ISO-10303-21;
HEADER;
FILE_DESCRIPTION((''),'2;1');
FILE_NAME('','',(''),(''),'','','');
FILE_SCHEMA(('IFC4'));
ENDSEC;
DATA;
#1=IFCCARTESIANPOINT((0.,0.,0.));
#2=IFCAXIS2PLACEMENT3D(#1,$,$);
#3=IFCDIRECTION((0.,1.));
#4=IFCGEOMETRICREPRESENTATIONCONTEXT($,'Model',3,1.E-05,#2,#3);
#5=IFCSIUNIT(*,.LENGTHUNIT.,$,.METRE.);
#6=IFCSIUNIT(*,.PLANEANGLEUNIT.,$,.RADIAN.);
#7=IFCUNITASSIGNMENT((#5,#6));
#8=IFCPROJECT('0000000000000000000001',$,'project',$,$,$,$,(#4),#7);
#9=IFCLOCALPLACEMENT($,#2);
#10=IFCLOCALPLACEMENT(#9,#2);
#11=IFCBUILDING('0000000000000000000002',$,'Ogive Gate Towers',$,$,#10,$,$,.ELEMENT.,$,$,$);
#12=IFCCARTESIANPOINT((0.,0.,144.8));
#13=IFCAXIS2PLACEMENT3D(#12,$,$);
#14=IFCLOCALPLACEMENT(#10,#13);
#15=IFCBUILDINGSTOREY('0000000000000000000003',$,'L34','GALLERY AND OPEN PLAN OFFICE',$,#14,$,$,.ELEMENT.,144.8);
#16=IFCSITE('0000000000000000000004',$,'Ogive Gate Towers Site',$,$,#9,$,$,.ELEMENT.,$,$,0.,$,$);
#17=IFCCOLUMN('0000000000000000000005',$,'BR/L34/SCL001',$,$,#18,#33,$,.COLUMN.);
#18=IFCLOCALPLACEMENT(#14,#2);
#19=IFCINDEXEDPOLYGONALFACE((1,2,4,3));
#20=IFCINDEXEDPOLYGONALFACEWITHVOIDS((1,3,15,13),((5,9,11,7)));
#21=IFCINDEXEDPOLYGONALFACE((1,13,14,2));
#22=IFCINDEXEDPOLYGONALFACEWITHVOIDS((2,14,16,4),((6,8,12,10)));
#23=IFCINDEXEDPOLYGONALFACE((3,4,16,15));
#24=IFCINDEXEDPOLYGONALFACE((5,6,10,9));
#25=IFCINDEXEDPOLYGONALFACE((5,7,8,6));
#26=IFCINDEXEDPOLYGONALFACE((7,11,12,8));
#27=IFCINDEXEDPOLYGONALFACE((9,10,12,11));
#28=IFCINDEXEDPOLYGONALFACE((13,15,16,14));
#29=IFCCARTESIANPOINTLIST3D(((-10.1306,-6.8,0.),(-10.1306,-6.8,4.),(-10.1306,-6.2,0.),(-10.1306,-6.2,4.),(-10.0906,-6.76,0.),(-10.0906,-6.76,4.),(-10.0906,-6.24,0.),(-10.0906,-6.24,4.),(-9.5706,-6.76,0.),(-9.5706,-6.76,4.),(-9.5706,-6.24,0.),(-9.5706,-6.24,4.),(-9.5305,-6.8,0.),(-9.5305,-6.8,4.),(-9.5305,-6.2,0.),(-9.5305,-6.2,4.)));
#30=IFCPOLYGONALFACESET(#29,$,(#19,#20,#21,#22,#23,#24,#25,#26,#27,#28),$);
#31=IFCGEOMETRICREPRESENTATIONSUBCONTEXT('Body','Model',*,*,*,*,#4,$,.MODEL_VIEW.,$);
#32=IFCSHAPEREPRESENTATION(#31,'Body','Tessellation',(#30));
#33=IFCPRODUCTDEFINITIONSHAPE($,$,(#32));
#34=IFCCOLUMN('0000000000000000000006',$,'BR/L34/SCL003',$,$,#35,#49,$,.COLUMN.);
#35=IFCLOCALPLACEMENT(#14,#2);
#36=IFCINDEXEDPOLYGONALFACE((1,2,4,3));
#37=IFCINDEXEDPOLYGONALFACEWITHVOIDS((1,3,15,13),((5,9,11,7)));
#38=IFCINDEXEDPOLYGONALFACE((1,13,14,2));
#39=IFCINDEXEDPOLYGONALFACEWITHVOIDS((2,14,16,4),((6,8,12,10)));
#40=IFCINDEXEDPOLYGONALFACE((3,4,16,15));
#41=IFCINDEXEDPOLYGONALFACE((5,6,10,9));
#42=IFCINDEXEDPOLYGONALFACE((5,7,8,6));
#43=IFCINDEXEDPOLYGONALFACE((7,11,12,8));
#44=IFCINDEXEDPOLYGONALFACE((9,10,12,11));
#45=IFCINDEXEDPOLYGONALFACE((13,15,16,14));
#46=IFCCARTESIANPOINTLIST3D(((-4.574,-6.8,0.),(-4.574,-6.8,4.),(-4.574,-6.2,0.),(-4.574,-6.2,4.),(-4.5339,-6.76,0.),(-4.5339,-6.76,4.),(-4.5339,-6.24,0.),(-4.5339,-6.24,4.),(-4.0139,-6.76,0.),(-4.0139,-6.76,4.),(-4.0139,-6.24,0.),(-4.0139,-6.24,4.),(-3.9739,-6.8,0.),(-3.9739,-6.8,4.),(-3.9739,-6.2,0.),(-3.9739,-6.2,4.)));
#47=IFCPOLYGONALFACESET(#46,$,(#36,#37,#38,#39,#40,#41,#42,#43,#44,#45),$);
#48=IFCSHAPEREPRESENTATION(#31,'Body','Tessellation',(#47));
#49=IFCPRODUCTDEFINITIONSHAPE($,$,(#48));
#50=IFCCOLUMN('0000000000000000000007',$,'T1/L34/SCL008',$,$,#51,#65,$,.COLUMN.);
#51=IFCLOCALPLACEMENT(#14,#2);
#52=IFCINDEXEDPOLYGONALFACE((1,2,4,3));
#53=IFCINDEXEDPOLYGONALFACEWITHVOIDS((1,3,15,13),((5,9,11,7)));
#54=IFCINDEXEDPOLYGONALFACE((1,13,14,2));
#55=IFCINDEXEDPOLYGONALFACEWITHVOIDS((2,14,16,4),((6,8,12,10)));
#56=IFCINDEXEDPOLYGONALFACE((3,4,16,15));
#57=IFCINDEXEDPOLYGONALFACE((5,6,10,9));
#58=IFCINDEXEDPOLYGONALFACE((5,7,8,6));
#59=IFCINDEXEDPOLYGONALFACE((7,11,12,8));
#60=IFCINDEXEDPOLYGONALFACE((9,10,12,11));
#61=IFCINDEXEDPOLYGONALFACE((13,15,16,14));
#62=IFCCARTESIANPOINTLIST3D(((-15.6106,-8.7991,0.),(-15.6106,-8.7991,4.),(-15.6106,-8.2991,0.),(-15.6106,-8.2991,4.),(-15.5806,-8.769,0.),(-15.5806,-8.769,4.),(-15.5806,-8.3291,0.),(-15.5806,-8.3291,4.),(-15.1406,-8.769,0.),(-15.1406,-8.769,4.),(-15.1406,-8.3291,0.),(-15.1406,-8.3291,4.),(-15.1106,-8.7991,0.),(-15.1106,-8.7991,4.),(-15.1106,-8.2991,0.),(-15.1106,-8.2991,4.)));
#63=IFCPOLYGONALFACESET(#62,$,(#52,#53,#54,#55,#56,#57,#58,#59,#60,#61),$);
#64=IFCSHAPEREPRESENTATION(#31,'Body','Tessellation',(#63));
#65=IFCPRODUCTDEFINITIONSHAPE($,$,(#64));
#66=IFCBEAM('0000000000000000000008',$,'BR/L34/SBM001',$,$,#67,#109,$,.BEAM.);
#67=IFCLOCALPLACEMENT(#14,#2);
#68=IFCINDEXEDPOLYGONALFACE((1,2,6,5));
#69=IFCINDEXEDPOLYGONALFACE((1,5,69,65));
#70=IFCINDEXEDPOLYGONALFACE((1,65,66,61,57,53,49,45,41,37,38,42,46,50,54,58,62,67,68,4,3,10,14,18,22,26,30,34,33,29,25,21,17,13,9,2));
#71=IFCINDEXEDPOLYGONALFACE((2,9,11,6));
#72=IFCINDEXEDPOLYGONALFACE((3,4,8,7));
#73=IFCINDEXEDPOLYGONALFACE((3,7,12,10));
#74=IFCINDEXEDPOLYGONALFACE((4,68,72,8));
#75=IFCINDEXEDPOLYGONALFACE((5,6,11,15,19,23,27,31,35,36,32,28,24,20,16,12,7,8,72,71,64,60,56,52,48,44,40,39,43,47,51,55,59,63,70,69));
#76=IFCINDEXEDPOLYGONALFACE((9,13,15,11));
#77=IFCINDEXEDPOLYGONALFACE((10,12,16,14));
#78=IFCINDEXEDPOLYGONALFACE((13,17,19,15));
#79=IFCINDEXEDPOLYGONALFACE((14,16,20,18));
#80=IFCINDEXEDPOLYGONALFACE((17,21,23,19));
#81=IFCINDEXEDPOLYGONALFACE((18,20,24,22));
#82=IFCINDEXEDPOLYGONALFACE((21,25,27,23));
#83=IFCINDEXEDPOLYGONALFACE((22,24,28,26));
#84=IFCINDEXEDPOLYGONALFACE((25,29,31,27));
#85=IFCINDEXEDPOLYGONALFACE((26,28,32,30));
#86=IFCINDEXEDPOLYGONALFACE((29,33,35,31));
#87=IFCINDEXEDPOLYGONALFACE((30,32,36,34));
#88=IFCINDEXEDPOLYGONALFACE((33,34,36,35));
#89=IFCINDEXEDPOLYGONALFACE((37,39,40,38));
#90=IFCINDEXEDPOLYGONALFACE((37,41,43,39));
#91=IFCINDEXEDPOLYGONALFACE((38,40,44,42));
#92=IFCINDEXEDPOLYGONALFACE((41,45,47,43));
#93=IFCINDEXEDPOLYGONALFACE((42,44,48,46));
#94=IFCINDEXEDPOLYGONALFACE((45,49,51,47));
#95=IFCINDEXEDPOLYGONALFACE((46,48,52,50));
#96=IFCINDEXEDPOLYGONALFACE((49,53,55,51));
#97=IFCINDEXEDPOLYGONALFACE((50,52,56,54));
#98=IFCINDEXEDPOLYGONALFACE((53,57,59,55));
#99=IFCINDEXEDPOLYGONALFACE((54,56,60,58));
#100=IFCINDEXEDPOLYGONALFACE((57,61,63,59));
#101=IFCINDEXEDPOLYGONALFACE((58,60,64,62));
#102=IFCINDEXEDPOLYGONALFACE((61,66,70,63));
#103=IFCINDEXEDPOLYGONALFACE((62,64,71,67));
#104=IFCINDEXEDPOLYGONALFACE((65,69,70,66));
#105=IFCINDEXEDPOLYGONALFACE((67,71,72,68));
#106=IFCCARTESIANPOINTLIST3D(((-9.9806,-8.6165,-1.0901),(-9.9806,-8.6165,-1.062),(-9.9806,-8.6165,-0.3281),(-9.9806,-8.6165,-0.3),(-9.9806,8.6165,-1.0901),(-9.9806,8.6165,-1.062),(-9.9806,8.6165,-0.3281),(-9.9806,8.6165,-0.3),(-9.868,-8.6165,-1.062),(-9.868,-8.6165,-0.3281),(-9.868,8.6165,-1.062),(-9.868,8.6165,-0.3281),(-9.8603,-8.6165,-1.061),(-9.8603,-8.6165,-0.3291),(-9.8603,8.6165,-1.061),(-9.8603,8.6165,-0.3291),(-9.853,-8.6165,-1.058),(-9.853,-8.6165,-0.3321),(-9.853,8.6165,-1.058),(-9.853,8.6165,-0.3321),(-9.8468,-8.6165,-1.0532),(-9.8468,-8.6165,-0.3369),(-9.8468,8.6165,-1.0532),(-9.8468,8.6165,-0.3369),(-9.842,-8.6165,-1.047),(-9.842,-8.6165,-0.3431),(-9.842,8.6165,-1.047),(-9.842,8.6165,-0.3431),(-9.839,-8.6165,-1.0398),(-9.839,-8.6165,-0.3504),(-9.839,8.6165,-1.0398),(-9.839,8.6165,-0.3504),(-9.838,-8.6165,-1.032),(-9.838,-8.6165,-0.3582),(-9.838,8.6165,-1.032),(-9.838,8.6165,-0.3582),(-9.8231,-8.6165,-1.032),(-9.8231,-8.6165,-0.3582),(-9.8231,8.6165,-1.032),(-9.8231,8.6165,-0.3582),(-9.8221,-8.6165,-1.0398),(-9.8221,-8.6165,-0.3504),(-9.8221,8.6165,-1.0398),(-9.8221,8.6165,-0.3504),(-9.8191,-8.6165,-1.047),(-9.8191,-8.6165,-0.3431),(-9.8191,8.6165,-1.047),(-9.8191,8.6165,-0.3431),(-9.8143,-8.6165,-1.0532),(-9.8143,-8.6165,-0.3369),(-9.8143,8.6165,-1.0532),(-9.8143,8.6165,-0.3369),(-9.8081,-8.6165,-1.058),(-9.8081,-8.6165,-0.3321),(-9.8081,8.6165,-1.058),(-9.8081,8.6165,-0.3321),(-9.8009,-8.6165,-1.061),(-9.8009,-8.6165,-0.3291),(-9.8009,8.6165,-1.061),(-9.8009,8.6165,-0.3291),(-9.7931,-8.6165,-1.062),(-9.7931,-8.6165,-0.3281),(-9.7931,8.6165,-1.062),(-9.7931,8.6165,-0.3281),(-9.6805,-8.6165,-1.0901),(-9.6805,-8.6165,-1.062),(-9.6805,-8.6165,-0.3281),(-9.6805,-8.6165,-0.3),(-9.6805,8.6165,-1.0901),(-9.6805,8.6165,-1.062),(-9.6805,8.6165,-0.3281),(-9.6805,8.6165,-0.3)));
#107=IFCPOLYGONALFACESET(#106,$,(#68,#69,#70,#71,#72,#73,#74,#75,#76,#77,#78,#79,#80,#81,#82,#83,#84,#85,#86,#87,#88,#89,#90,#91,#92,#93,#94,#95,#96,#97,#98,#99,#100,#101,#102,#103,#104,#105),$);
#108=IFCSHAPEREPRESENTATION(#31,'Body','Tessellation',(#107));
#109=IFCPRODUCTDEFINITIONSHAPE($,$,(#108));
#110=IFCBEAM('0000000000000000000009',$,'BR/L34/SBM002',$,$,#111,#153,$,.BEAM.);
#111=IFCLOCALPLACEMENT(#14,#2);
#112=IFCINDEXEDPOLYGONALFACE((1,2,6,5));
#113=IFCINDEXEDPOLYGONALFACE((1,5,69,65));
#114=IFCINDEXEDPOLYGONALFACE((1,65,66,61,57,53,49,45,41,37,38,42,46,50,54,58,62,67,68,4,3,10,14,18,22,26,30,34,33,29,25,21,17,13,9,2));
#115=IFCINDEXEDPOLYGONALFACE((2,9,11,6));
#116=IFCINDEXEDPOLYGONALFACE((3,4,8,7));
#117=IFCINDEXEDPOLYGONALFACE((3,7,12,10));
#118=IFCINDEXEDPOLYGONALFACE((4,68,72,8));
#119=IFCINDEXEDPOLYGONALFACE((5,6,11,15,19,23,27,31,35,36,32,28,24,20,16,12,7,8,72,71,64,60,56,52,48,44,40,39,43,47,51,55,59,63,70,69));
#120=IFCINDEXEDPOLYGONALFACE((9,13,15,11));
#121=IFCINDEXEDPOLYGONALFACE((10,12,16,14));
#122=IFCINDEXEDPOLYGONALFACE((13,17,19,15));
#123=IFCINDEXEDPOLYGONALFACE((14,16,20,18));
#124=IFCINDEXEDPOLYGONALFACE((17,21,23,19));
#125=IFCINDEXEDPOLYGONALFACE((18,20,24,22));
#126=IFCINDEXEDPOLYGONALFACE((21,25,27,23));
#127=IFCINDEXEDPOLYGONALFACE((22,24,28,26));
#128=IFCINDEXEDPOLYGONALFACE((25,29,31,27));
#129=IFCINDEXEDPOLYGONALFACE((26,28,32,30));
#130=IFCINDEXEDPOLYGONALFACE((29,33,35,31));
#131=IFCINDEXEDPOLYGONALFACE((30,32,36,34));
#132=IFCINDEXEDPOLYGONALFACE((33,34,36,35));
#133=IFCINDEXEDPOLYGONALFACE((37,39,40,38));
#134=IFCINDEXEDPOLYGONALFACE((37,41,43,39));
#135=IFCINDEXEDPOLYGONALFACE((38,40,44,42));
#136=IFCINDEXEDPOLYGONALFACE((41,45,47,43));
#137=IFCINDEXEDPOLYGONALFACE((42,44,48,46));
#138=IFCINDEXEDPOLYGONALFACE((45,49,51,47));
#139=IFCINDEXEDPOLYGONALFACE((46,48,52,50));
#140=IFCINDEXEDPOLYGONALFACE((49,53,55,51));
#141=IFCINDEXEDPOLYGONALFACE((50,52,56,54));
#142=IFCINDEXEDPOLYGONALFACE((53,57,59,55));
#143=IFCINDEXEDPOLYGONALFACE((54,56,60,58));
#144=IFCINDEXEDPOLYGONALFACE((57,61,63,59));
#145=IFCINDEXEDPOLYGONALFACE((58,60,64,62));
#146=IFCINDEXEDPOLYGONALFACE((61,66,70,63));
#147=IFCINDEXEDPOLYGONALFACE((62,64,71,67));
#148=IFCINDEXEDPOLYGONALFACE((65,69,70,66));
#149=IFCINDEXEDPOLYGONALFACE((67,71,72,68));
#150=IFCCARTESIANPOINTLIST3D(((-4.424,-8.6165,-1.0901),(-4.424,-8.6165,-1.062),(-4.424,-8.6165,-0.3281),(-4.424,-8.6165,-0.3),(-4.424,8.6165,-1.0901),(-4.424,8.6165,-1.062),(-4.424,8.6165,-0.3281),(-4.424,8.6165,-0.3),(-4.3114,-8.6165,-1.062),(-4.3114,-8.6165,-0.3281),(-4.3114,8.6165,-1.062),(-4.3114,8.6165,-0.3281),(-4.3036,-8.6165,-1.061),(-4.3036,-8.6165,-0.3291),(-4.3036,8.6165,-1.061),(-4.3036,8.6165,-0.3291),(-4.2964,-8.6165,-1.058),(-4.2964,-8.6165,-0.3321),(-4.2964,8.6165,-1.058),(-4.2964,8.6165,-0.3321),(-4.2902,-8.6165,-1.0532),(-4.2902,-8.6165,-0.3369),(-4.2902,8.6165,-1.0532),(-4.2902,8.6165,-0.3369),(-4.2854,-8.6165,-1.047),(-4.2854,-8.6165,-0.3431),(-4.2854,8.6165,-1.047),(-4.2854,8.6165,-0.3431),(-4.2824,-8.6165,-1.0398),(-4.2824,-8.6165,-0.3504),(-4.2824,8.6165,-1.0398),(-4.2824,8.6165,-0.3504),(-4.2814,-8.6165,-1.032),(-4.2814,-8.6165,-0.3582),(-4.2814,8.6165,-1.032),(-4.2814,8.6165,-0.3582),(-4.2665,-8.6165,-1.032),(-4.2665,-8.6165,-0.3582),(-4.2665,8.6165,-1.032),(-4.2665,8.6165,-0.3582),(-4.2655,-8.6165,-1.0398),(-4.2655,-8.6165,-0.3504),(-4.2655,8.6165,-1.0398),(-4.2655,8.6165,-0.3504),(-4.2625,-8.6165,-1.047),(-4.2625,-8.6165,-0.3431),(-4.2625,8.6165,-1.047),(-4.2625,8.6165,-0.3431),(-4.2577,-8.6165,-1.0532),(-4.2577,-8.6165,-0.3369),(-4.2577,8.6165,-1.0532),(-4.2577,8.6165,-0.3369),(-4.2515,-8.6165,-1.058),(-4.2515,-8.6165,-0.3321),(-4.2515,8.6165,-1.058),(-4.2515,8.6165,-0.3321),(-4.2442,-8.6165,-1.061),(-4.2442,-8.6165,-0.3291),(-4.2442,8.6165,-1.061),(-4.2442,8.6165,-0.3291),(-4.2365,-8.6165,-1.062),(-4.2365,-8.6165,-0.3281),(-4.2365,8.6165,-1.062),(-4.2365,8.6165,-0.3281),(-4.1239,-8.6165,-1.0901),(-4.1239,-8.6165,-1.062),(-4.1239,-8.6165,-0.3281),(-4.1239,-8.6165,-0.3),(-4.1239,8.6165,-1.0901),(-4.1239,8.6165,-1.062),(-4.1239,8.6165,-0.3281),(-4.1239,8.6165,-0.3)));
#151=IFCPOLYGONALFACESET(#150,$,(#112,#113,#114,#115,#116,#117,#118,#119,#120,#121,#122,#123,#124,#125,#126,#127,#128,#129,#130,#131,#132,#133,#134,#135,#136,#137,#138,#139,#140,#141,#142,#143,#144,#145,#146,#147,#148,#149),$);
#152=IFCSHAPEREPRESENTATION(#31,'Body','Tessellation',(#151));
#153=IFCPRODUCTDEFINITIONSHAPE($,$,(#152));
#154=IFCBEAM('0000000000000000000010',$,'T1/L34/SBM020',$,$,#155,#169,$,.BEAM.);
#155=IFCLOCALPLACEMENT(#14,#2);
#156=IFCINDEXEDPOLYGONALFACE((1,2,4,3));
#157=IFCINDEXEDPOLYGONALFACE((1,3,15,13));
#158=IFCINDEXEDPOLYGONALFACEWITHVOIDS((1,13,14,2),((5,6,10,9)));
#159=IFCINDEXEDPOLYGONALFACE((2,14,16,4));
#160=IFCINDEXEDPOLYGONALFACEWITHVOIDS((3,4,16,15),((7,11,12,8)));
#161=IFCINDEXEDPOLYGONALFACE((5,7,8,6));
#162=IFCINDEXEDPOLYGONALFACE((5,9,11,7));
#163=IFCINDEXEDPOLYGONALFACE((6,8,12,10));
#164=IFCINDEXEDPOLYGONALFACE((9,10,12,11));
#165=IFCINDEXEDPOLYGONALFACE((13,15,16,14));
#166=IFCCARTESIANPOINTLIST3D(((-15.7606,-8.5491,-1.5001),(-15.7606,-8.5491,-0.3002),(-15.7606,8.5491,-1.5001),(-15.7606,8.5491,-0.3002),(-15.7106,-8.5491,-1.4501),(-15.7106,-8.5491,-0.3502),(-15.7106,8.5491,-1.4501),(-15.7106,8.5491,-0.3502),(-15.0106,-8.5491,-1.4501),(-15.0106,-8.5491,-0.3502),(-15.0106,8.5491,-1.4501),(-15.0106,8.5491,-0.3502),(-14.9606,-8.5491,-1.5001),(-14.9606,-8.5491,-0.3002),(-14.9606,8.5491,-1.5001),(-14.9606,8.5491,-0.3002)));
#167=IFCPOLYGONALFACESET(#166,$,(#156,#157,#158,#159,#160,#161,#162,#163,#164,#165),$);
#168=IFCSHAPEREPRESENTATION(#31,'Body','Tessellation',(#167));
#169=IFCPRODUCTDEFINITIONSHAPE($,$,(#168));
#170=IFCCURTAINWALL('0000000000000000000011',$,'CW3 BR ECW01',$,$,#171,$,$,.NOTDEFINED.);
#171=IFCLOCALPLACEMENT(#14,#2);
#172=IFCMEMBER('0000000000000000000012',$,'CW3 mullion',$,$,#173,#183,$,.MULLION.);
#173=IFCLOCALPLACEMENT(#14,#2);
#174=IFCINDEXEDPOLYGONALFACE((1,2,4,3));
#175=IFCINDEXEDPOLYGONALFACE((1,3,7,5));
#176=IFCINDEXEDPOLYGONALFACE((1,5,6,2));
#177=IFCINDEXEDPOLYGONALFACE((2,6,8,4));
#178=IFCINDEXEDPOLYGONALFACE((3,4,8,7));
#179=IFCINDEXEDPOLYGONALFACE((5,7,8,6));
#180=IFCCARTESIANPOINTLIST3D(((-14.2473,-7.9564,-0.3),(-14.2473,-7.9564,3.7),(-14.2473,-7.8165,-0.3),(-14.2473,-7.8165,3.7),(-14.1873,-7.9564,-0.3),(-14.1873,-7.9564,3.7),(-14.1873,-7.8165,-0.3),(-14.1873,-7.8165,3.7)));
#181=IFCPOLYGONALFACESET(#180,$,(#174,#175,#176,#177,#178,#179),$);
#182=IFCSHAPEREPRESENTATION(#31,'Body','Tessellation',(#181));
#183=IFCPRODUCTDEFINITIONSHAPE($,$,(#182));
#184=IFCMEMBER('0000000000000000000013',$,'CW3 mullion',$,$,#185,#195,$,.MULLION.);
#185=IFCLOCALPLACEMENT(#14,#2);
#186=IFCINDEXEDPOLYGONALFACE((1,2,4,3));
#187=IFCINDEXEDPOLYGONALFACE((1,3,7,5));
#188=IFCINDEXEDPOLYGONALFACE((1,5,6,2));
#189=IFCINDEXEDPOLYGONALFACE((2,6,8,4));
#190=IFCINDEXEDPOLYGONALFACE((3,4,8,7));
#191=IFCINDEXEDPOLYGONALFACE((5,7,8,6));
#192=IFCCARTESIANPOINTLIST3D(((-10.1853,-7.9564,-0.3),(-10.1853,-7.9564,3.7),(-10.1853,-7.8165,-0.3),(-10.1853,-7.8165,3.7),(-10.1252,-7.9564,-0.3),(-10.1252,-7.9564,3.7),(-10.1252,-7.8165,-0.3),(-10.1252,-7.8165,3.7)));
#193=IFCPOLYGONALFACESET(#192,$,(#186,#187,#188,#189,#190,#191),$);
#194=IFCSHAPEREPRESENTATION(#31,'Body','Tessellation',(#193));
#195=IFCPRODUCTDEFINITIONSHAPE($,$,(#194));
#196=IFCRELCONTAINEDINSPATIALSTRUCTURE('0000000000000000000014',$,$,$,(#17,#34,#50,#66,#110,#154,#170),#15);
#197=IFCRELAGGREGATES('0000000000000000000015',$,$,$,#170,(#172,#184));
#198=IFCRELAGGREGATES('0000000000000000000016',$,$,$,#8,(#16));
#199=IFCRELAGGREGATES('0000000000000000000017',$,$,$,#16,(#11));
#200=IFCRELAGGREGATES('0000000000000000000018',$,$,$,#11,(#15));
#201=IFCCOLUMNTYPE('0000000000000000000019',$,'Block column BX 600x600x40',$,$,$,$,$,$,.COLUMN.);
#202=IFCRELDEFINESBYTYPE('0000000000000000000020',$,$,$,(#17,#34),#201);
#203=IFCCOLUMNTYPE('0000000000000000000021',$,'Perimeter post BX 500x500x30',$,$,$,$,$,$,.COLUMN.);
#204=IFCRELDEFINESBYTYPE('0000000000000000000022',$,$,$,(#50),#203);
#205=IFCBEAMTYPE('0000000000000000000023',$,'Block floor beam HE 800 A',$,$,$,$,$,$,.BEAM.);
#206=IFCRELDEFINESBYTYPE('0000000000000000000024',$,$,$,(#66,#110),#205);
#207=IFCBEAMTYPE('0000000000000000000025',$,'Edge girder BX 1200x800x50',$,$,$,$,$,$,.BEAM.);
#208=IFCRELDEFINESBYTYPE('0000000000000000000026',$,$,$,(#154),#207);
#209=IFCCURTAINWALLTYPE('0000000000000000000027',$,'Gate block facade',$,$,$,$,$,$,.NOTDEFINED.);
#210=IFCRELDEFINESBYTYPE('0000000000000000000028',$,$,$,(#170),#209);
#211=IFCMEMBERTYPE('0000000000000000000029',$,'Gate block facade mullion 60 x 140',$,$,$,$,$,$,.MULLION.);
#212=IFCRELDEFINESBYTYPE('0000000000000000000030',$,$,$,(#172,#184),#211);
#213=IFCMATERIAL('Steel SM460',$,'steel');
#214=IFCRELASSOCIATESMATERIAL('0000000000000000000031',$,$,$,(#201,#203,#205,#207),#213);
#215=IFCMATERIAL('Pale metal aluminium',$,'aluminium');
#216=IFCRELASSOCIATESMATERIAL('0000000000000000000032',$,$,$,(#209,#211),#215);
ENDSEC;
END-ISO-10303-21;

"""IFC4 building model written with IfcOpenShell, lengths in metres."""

from ifc_helpers import new_model, si_unit, direction, frame, origin, origin_2d, place, context, subcontext, project, spatial, rectangle, hollow_rectangle, i_section, extrude, material, material_profile, profile_set, type_object, element, aggregate, save


model = new_model("IFC4")

# Units and contexts
model_context = context("Model", 3, precision=1e-05, world=origin(), true_north=direction((0.0, 1.0)))
body_context = subcontext(model_context, "Body", "Model", "MODEL_VIEW")
ifc_project = project(units=[si_unit("LENGTHUNIT", "METRE"), si_unit("PLANEANGLEUNIT", "RADIAN")], contexts=[model_context])

# Site, building, storey
site_placement = place(None, origin())
site = spatial("IfcSite", under=ifc_project, at=site_placement, Name="Ogive Gate Towers Site", CompositionType="ELEMENT", RefElevation=0.0)
building_placement = place(site_placement, origin())
building = spatial("IfcBuilding", under=site, at=building_placement, Name="Ogive Gate Towers", CompositionType="ELEMENT")
storey_placement = place(building_placement, frame((0.0, 0.0, 144.8)))
storey = spatial("IfcBuildingStorey", under=building, at=storey_placement, Name="L34", Description="GALLERY AND OPEN PLAN OFFICE", CompositionType="ELEMENT", Elevation=144.8)

# Columns
ifc_material_1 = material(Name="Steel SM460", Category="steel")
ifc_material_profile_1 = material_profile(ifc_material_1, hollow_rectangle(XDim=0.6001, YDim=0.6001, WallThickness=0.04, at=origin_2d()), Name="BX 600x600x40")
ifc_profile_set_1 = profile_set([ifc_material_profile_1], Name="Steel SM460")
column_type_1 = type_object("IfcColumnType", Name="Block column BX 600x600x40", PredefinedType="COLUMN", material=ifc_profile_set_1)
for number, where, z_axis, x_axis, name in (
    (1, (-9.8306, -6.5, 0.0), (0.0, 0.0, 1.0), (1.0, 0.0, 0.0), "BR/L34/SCL001"),
    (2, (-4.2739, -6.5, 0.0), (0.0, 0.0, 1.0), (1.0, 0.0, 0.0), "BR/L34/SCL003"),
):
    element("IfcColumn", number, at=place(storey_placement, frame(where, z_axis=z_axis, x_axis=x_axis)), inside=storey, type_object=column_type_1, Name=name, PredefinedType="COLUMN", context=body_context, shape_type="SweptSolid", body=[
        extrude(hollow_rectangle(XDim=0.6001, YDim=0.6001, WallThickness=0.04, at=origin_2d()), origin(), (0.0, 0.0, 1.0), 4.0),
    ])
ifc_material_profile_2 = material_profile(ifc_material_1, hollow_rectangle(XDim=0.5, YDim=0.5, WallThickness=0.03, at=origin_2d()), Name="BX 500x500x30")
ifc_profile_set_2 = profile_set([ifc_material_profile_2], Name="Steel SM460")
column_type_2 = type_object("IfcColumnType", Name="Perimeter post BX 500x500x30", PredefinedType="COLUMN", material=ifc_profile_set_2)
column_placement = place(storey_placement, frame((-15.3606, -8.5491, 0.0), z_axis=(0.0, 0.0, 1.0), x_axis=(1.0, 0.0, 0.0)))
element("IfcColumn", 3, at=column_placement, inside=storey, type_object=column_type_2, Name="T1/L34/SCL008", PredefinedType="COLUMN", context=body_context, shape_type="SweptSolid", body=[
    extrude(hollow_rectangle(XDim=0.5, YDim=0.5, WallThickness=0.03, at=origin_2d()), origin(), (0.0, 0.0, 1.0), 4.0),
])

# Beams
ifc_material_profile_3 = material_profile(ifc_material_1, i_section(OverallWidth=0.3, OverallDepth=0.79, WebThickness=0.0149, FlangeThickness=0.0281, FilletRadius=0.03, at=origin_2d()), Name="HE 800 A")
ifc_profile_set_3 = profile_set([ifc_material_profile_3], Name="Steel SM460")
beam_type_1 = type_object("IfcBeamType", Name="Block floor beam HE 800 A", PredefinedType="BEAM", material=ifc_profile_set_3)
for number, where, z_axis, x_axis, name in (
    (4, (-9.8306, -8.6165, -0.6951), (0.0, 1.0, 0.0), (-1.0, 0.0, 0.0), "BR/L34/SBM001"),
    (5, (-4.2739, -8.6165, -0.6951), (0.0, 1.0, 0.0), (-1.0, 0.0, 0.0), "BR/L34/SBM002"),
):
    element("IfcBeam", number, at=place(storey_placement, frame(where, z_axis=z_axis, x_axis=x_axis)), inside=storey, type_object=beam_type_1, Name=name, PredefinedType="BEAM", context=body_context, shape_type="SweptSolid", body=[
        extrude(i_section(OverallWidth=0.3, OverallDepth=0.79, WebThickness=0.0149, FlangeThickness=0.0281, FilletRadius=0.03, at=origin_2d()), origin(), (0.0, 0.0, 1.0), 17.2329),
    ])
ifc_material_profile_4 = material_profile(ifc_material_1, hollow_rectangle(XDim=0.8, YDim=1.2, WallThickness=0.05, at=origin_2d()), Name="BX 1200x800x50")
ifc_profile_set_4 = profile_set([ifc_material_profile_4], Name="Steel SM460")
beam_type_2 = type_object("IfcBeamType", Name="Edge girder BX 1200x800x50", PredefinedType="BEAM", material=ifc_profile_set_4)
beam_placement = place(storey_placement, frame((-15.3606, -8.5491, -0.9001), z_axis=(0.0, 1.0, 0.0), x_axis=(-1.0, 0.0, 0.0)))
element("IfcBeam", 6, at=beam_placement, inside=storey, type_object=beam_type_2, Name="T1/L34/SBM020", PredefinedType="BEAM", context=body_context, shape_type="SweptSolid", body=[
    extrude(hollow_rectangle(XDim=0.8, YDim=1.2, WallThickness=0.05, at=origin_2d()), origin(), (0.0, 0.0, 1.0), 17.0981),
])

# Curtain wall, members
ifc_material_2 = material(Name="Pale metal aluminium", Category="aluminium")
curtain_wall_type_1 = type_object("IfcCurtainWallType", Name="Gate block facade", PredefinedType="NOTDEFINED", material=ifc_material_2)
curtain_wall_1_placement = place(storey_placement, origin())
curtain_wall_1 = element("IfcCurtainWall", 7, at=curtain_wall_1_placement, inside=storey, type_object=curtain_wall_type_1, Name="CW3 BR ECW01", PredefinedType="NOTDEFINED")
ifc_material_profile_5 = material_profile(ifc_material_2, rectangle(XDim=0.1399, YDim=0.0601, at=origin_2d()), Name="60 x 140 aluminium box")
ifc_profile_set_5 = profile_set([ifc_material_profile_5], Name="Pale metal aluminium")
member_type_1 = type_object("IfcMemberType", Name="Gate block facade mullion 60 x 140", PredefinedType="MULLION", material=ifc_profile_set_5)
member_1_placement = place(storey_placement, frame((-14.2173, -7.8865, -0.3), z_axis=(0.0, 0.0, 1.0), x_axis=(0.0, -1.0, 0.0)))
member_1 = element("IfcMember", 8, at=member_1_placement, type_object=member_type_1, Name="CW3 mullion", PredefinedType="MULLION", context=body_context, shape_type="SweptSolid", body=[
    extrude(rectangle(XDim=0.1399, YDim=0.0601, at=origin_2d()), origin(), (0.0, 0.0, 1.0), 4.0),
])
member_2_placement = place(storey_placement, frame((-10.1553, -7.8865, -0.3), z_axis=(0.0, 0.0, 1.0), x_axis=(0.0, -1.0, 0.0)))
member_2 = element("IfcMember", 9, at=member_2_placement, type_object=member_type_1, Name="CW3 mullion", PredefinedType="MULLION", context=body_context, shape_type="SweptSolid", body=[
    extrude(rectangle(XDim=0.1399, YDim=0.0601, at=origin_2d()), origin(), (0.0, 0.0, 1.0), 4.0),
])

aggregate(curtain_wall_1, [member_1, member_2])

save(model, "model.ifc")
